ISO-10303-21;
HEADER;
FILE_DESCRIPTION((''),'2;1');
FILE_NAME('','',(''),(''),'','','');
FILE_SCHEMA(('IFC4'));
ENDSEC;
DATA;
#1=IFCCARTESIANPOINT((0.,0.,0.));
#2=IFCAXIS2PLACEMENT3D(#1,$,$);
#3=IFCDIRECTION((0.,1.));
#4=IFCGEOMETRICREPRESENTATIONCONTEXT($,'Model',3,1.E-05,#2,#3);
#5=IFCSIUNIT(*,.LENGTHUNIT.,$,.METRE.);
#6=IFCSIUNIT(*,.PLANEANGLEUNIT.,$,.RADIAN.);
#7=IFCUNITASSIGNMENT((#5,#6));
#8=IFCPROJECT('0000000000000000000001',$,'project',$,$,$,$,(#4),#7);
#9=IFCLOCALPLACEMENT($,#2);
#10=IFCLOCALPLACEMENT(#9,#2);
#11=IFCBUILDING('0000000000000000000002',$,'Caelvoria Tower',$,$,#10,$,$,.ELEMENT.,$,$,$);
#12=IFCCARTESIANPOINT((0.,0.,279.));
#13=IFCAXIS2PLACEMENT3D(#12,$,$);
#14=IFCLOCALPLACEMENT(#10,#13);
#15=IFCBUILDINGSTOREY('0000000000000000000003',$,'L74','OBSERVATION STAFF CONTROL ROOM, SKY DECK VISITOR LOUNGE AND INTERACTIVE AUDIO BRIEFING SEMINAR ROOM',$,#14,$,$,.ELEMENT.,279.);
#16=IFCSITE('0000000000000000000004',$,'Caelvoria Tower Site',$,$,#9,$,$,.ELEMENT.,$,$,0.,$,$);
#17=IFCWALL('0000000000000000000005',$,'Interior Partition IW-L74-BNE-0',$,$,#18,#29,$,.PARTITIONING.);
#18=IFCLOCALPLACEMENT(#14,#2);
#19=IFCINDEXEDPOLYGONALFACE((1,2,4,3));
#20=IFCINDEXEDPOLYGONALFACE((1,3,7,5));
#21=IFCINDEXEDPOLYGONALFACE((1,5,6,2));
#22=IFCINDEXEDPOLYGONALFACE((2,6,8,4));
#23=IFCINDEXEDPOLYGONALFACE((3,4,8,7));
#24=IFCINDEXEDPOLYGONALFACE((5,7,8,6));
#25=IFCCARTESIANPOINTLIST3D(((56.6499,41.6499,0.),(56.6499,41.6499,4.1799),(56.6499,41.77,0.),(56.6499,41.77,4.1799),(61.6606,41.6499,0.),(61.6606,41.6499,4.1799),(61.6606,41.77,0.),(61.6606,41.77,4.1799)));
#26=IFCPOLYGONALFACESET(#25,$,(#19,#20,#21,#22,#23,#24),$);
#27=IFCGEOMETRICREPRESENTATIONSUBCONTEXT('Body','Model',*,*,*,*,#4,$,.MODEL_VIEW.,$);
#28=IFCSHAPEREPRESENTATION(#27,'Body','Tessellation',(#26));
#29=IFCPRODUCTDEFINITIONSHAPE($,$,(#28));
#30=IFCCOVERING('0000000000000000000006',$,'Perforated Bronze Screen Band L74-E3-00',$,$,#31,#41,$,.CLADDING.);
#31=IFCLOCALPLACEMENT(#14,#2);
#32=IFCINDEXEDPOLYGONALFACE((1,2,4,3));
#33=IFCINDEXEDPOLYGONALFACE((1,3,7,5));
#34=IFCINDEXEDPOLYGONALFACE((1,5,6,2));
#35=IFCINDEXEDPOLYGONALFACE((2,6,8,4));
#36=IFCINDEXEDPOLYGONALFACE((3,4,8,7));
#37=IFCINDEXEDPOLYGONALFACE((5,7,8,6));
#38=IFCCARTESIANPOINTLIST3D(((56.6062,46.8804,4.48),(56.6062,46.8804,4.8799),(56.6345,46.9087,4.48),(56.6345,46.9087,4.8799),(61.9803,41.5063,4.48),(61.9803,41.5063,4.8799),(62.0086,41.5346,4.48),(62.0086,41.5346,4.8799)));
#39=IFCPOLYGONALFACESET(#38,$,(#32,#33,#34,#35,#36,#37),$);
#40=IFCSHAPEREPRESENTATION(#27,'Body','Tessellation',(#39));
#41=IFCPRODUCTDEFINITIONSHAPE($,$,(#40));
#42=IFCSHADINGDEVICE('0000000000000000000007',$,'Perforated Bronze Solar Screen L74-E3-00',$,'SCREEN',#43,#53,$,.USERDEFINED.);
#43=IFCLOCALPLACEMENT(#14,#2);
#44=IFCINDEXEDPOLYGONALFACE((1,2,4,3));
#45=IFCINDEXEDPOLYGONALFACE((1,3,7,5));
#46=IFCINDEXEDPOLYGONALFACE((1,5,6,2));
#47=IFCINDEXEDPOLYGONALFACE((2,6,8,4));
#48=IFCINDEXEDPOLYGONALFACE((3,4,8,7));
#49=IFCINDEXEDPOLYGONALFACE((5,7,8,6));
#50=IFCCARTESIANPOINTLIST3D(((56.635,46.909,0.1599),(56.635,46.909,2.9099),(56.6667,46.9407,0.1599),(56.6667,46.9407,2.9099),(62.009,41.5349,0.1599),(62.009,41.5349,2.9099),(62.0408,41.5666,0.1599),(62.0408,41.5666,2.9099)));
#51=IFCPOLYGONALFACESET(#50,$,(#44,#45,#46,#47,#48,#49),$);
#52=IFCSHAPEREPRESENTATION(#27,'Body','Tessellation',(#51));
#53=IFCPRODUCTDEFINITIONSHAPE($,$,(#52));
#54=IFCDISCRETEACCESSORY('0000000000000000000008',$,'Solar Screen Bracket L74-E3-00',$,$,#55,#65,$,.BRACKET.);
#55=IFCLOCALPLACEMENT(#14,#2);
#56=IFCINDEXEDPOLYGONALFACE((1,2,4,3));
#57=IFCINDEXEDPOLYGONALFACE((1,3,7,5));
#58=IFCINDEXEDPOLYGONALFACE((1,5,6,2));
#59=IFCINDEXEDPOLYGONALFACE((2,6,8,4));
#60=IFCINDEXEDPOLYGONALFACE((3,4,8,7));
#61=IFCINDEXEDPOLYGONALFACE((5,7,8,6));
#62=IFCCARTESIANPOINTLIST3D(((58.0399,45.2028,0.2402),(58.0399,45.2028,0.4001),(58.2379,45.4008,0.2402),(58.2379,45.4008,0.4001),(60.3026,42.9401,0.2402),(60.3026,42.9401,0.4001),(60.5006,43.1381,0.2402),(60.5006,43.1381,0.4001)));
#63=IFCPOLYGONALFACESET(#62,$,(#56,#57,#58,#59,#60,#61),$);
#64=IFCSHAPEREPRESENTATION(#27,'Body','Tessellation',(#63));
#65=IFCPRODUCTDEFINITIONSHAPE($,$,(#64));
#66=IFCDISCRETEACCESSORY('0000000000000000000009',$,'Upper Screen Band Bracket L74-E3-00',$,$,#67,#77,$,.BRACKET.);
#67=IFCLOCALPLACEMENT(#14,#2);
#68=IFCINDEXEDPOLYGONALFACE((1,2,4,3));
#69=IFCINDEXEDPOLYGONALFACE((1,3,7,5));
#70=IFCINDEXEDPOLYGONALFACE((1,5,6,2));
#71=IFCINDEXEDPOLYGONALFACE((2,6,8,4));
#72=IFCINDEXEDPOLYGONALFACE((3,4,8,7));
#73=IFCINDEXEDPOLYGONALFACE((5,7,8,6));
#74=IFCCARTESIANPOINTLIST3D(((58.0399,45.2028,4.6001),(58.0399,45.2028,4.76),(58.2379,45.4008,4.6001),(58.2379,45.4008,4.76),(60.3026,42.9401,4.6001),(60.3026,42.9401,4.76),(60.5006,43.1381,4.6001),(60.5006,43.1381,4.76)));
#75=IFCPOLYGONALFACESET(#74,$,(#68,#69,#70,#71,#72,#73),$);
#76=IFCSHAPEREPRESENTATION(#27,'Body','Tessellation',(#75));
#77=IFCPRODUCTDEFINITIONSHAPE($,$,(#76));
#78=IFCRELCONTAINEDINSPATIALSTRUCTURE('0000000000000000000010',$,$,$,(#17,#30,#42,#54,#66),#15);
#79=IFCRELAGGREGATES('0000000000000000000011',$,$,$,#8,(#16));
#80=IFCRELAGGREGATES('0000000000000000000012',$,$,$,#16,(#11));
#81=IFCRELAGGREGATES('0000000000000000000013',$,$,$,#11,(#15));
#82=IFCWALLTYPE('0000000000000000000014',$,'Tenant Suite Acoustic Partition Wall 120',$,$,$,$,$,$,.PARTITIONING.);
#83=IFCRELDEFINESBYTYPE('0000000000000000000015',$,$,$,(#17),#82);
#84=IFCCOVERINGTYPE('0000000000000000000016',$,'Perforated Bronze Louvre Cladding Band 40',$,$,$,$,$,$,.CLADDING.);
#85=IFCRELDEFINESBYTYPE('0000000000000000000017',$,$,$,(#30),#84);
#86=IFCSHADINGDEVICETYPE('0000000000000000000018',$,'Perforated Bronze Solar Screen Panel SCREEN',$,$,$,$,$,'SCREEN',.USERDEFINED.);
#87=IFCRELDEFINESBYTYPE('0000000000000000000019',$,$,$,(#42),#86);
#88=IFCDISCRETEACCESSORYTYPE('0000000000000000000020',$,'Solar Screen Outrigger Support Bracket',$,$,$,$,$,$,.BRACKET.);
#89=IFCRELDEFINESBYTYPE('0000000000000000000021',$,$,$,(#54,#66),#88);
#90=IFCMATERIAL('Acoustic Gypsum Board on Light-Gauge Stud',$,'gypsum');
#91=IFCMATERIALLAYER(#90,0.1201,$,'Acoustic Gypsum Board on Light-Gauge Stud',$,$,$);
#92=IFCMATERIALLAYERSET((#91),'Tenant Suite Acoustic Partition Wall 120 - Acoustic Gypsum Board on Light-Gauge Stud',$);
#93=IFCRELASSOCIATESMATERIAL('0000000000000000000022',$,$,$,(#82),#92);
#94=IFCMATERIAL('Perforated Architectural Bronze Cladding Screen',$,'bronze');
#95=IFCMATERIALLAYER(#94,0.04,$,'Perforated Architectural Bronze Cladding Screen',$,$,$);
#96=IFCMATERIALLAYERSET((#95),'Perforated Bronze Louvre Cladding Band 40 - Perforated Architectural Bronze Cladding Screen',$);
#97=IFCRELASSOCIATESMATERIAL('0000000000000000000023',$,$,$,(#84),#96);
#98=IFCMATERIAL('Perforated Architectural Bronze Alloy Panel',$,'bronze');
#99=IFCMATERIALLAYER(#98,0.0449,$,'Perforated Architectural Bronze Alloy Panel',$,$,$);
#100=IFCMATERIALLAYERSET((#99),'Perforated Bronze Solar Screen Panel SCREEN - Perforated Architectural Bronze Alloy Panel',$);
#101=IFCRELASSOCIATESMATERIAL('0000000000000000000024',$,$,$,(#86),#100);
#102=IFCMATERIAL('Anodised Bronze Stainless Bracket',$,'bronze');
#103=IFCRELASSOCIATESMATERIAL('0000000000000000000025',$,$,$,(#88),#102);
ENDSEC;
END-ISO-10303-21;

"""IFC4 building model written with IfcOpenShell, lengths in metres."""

from ifc_helpers import new_model, si_unit, direction, frame, frame_2d, origin, origin_2d, place, context, subcontext, project, spatial, rectangle, extrude, material, layer, layer_set, type_object, element, save


model = new_model("IFC4")

# Units and contexts
model_context = context("Model", 3, precision=1e-05, world=origin(), true_north=direction((0.0, 1.0)))
body_context = subcontext(model_context, "Body", "Model", "MODEL_VIEW")
ifc_project = project(units=[si_unit("LENGTHUNIT", "METRE"), si_unit("PLANEANGLEUNIT", "RADIAN")], contexts=[model_context])

# Site, building, storey
site_placement = place(None, origin())
site = spatial("IfcSite", under=ifc_project, at=site_placement, Name="Caelvoria Tower Site", CompositionType="ELEMENT", RefElevation=0.0)
building_placement = place(site_placement, origin())
building = spatial("IfcBuilding", under=site, at=building_placement, Name="Caelvoria Tower", CompositionType="ELEMENT")
storey_placement = place(building_placement, frame((0.0, 0.0, 279.0)))
storey = spatial("IfcBuildingStorey", under=building, at=storey_placement, Name="L74", Description="OBSERVATION STAFF CONTROL ROOM, SKY DECK VISITOR LOUNGE AND INTERACTIVE AUDIO BRIEFING SEMINAR ROOM", CompositionType="ELEMENT", Elevation=279.0)

# Wall
ifc_material_1 = material(Name="Acoustic Gypsum Board on Light-Gauge Stud", Category="gypsum")
ifc_layer_1 = layer(ifc_material_1, 0.1201, Name="Acoustic Gypsum Board on Light-Gauge Stud")
ifc_layer_set_1 = layer_set([ifc_layer_1], Name="Tenant Suite Acoustic Partition Wall 120 - Acoustic Gypsum Board on Light-Gauge Stud")
wall_type = type_object("IfcWallType", Name="Tenant Suite Acoustic Partition Wall 120", PredefinedType="PARTITIONING", material=ifc_layer_set_1)
wall_placement = place(storey_placement, frame((56.6499, 41.71, 0.0), z_axis=(0.0, 0.0, 1.0), x_axis=(1.0, 0.0, 0.0)))
element("IfcWall", 1, at=wall_placement, inside=storey, type_object=wall_type, Name="Interior Partition IW-L74-BNE-0", PredefinedType="PARTITIONING", context=body_context, shape_type="SweptSolid", body=[
    extrude(rectangle(XDim=5.0107, YDim=0.1201, at=frame_2d((2.5054, 0.0))), origin(), (0.0, 0.0, 1.0), 4.1799),
])

# Covering
ifc_material_2 = material(Name="Perforated Architectural Bronze Cladding Screen", Category="bronze")
ifc_layer_2 = layer(ifc_material_2, 0.04, Name="Perforated Architectural Bronze Cladding Screen")
ifc_layer_set_2 = layer_set([ifc_layer_2], Name="Perforated Bronze Louvre Cladding Band 40 - Perforated Architectural Bronze Cladding Screen")
covering_type = type_object("IfcCoveringType", Name="Perforated Bronze Louvre Cladding Band 40", PredefinedType="CLADDING", material=ifc_layer_set_2)
covering_placement = place(storey_placement, frame((59.3074, 44.2075, 4.48), z_axis=(0.0, 0.0, 1.0), x_axis=(-0.707107, 0.707107, 0.0)))
element("IfcCovering", 2, at=covering_placement, inside=storey, type_object=covering_type, Name="Perforated Bronze Screen Band L74-E3-00", PredefinedType="CLADDING", context=body_context, shape_type="SweptSolid", body=[
    extrude(rectangle(XDim=7.6001, YDim=0.04, at=origin_2d()), origin(), (0.0, 0.0, 1.0), 0.3999),
])

# Shading device
ifc_material_3 = material(Name="Perforated Architectural Bronze Alloy Panel", Category="bronze")
ifc_layer_3 = layer(ifc_material_3, 0.0449, Name="Perforated Architectural Bronze Alloy Panel")
ifc_layer_set_3 = layer_set([ifc_layer_3], Name="Perforated Bronze Solar Screen Panel SCREEN - Perforated Architectural Bronze Alloy Panel")
shading_device_type = type_object("IfcShadingDeviceType", Name="Perforated Bronze Solar Screen Panel SCREEN", ElementType="SCREEN", PredefinedType="USERDEFINED", material=ifc_layer_set_3)
shading_device_placement = place(storey_placement, frame((59.3379, 44.2378, 0.1599), z_axis=(0.0, 0.0, 1.0), x_axis=(-0.707107, 0.707107, 0.0)))
element("IfcShadingDevice", 3, at=shading_device_placement, inside=storey, type_object=shading_device_type, Name="Perforated Bronze Solar Screen L74-E3-00", ObjectType="SCREEN", PredefinedType="USERDEFINED", context=body_context, shape_type="SweptSolid", body=[
    extrude(rectangle(XDim=7.6001, YDim=0.0449, at=origin_2d()), origin(), (0.0, 0.0, 1.0), 2.75),
])

# Discrete accessories
ifc_material_4 = material(Name="Anodised Bronze Stainless Bracket", Category="bronze")
discrete_accessory_type = type_object("IfcDiscreteAccessoryType", Name="Solar Screen Outrigger Support Bracket", PredefinedType="BRACKET", material=ifc_material_4)
for number, where, z_axis, x_axis, name in (
    (4, (59.2703, 44.1704, 0.2402), (0.0, 0.0, 1.0), (-0.707107, 0.707107, 0.0), "Solar Screen Bracket L74-E3-00"),
    (5, (59.2703, 44.1704, 4.6001), (0.0, 0.0, 1.0), (-0.707107, 0.707107, 0.0), "Upper Screen Band Bracket L74-E3-00"),
):
    element("IfcDiscreteAccessory", number, at=place(storey_placement, frame(where, z_axis=z_axis, x_axis=x_axis)), inside=storey, type_object=discrete_accessory_type, Name=name, PredefinedType="BRACKET", context=body_context, shape_type="SweptSolid", body=[
        extrude(rectangle(XDim=3.2, YDim=0.28, at=origin_2d()), origin(), (0.0, 0.0, 1.0), 0.1599),
    ])

save(model, "model.ifc")
